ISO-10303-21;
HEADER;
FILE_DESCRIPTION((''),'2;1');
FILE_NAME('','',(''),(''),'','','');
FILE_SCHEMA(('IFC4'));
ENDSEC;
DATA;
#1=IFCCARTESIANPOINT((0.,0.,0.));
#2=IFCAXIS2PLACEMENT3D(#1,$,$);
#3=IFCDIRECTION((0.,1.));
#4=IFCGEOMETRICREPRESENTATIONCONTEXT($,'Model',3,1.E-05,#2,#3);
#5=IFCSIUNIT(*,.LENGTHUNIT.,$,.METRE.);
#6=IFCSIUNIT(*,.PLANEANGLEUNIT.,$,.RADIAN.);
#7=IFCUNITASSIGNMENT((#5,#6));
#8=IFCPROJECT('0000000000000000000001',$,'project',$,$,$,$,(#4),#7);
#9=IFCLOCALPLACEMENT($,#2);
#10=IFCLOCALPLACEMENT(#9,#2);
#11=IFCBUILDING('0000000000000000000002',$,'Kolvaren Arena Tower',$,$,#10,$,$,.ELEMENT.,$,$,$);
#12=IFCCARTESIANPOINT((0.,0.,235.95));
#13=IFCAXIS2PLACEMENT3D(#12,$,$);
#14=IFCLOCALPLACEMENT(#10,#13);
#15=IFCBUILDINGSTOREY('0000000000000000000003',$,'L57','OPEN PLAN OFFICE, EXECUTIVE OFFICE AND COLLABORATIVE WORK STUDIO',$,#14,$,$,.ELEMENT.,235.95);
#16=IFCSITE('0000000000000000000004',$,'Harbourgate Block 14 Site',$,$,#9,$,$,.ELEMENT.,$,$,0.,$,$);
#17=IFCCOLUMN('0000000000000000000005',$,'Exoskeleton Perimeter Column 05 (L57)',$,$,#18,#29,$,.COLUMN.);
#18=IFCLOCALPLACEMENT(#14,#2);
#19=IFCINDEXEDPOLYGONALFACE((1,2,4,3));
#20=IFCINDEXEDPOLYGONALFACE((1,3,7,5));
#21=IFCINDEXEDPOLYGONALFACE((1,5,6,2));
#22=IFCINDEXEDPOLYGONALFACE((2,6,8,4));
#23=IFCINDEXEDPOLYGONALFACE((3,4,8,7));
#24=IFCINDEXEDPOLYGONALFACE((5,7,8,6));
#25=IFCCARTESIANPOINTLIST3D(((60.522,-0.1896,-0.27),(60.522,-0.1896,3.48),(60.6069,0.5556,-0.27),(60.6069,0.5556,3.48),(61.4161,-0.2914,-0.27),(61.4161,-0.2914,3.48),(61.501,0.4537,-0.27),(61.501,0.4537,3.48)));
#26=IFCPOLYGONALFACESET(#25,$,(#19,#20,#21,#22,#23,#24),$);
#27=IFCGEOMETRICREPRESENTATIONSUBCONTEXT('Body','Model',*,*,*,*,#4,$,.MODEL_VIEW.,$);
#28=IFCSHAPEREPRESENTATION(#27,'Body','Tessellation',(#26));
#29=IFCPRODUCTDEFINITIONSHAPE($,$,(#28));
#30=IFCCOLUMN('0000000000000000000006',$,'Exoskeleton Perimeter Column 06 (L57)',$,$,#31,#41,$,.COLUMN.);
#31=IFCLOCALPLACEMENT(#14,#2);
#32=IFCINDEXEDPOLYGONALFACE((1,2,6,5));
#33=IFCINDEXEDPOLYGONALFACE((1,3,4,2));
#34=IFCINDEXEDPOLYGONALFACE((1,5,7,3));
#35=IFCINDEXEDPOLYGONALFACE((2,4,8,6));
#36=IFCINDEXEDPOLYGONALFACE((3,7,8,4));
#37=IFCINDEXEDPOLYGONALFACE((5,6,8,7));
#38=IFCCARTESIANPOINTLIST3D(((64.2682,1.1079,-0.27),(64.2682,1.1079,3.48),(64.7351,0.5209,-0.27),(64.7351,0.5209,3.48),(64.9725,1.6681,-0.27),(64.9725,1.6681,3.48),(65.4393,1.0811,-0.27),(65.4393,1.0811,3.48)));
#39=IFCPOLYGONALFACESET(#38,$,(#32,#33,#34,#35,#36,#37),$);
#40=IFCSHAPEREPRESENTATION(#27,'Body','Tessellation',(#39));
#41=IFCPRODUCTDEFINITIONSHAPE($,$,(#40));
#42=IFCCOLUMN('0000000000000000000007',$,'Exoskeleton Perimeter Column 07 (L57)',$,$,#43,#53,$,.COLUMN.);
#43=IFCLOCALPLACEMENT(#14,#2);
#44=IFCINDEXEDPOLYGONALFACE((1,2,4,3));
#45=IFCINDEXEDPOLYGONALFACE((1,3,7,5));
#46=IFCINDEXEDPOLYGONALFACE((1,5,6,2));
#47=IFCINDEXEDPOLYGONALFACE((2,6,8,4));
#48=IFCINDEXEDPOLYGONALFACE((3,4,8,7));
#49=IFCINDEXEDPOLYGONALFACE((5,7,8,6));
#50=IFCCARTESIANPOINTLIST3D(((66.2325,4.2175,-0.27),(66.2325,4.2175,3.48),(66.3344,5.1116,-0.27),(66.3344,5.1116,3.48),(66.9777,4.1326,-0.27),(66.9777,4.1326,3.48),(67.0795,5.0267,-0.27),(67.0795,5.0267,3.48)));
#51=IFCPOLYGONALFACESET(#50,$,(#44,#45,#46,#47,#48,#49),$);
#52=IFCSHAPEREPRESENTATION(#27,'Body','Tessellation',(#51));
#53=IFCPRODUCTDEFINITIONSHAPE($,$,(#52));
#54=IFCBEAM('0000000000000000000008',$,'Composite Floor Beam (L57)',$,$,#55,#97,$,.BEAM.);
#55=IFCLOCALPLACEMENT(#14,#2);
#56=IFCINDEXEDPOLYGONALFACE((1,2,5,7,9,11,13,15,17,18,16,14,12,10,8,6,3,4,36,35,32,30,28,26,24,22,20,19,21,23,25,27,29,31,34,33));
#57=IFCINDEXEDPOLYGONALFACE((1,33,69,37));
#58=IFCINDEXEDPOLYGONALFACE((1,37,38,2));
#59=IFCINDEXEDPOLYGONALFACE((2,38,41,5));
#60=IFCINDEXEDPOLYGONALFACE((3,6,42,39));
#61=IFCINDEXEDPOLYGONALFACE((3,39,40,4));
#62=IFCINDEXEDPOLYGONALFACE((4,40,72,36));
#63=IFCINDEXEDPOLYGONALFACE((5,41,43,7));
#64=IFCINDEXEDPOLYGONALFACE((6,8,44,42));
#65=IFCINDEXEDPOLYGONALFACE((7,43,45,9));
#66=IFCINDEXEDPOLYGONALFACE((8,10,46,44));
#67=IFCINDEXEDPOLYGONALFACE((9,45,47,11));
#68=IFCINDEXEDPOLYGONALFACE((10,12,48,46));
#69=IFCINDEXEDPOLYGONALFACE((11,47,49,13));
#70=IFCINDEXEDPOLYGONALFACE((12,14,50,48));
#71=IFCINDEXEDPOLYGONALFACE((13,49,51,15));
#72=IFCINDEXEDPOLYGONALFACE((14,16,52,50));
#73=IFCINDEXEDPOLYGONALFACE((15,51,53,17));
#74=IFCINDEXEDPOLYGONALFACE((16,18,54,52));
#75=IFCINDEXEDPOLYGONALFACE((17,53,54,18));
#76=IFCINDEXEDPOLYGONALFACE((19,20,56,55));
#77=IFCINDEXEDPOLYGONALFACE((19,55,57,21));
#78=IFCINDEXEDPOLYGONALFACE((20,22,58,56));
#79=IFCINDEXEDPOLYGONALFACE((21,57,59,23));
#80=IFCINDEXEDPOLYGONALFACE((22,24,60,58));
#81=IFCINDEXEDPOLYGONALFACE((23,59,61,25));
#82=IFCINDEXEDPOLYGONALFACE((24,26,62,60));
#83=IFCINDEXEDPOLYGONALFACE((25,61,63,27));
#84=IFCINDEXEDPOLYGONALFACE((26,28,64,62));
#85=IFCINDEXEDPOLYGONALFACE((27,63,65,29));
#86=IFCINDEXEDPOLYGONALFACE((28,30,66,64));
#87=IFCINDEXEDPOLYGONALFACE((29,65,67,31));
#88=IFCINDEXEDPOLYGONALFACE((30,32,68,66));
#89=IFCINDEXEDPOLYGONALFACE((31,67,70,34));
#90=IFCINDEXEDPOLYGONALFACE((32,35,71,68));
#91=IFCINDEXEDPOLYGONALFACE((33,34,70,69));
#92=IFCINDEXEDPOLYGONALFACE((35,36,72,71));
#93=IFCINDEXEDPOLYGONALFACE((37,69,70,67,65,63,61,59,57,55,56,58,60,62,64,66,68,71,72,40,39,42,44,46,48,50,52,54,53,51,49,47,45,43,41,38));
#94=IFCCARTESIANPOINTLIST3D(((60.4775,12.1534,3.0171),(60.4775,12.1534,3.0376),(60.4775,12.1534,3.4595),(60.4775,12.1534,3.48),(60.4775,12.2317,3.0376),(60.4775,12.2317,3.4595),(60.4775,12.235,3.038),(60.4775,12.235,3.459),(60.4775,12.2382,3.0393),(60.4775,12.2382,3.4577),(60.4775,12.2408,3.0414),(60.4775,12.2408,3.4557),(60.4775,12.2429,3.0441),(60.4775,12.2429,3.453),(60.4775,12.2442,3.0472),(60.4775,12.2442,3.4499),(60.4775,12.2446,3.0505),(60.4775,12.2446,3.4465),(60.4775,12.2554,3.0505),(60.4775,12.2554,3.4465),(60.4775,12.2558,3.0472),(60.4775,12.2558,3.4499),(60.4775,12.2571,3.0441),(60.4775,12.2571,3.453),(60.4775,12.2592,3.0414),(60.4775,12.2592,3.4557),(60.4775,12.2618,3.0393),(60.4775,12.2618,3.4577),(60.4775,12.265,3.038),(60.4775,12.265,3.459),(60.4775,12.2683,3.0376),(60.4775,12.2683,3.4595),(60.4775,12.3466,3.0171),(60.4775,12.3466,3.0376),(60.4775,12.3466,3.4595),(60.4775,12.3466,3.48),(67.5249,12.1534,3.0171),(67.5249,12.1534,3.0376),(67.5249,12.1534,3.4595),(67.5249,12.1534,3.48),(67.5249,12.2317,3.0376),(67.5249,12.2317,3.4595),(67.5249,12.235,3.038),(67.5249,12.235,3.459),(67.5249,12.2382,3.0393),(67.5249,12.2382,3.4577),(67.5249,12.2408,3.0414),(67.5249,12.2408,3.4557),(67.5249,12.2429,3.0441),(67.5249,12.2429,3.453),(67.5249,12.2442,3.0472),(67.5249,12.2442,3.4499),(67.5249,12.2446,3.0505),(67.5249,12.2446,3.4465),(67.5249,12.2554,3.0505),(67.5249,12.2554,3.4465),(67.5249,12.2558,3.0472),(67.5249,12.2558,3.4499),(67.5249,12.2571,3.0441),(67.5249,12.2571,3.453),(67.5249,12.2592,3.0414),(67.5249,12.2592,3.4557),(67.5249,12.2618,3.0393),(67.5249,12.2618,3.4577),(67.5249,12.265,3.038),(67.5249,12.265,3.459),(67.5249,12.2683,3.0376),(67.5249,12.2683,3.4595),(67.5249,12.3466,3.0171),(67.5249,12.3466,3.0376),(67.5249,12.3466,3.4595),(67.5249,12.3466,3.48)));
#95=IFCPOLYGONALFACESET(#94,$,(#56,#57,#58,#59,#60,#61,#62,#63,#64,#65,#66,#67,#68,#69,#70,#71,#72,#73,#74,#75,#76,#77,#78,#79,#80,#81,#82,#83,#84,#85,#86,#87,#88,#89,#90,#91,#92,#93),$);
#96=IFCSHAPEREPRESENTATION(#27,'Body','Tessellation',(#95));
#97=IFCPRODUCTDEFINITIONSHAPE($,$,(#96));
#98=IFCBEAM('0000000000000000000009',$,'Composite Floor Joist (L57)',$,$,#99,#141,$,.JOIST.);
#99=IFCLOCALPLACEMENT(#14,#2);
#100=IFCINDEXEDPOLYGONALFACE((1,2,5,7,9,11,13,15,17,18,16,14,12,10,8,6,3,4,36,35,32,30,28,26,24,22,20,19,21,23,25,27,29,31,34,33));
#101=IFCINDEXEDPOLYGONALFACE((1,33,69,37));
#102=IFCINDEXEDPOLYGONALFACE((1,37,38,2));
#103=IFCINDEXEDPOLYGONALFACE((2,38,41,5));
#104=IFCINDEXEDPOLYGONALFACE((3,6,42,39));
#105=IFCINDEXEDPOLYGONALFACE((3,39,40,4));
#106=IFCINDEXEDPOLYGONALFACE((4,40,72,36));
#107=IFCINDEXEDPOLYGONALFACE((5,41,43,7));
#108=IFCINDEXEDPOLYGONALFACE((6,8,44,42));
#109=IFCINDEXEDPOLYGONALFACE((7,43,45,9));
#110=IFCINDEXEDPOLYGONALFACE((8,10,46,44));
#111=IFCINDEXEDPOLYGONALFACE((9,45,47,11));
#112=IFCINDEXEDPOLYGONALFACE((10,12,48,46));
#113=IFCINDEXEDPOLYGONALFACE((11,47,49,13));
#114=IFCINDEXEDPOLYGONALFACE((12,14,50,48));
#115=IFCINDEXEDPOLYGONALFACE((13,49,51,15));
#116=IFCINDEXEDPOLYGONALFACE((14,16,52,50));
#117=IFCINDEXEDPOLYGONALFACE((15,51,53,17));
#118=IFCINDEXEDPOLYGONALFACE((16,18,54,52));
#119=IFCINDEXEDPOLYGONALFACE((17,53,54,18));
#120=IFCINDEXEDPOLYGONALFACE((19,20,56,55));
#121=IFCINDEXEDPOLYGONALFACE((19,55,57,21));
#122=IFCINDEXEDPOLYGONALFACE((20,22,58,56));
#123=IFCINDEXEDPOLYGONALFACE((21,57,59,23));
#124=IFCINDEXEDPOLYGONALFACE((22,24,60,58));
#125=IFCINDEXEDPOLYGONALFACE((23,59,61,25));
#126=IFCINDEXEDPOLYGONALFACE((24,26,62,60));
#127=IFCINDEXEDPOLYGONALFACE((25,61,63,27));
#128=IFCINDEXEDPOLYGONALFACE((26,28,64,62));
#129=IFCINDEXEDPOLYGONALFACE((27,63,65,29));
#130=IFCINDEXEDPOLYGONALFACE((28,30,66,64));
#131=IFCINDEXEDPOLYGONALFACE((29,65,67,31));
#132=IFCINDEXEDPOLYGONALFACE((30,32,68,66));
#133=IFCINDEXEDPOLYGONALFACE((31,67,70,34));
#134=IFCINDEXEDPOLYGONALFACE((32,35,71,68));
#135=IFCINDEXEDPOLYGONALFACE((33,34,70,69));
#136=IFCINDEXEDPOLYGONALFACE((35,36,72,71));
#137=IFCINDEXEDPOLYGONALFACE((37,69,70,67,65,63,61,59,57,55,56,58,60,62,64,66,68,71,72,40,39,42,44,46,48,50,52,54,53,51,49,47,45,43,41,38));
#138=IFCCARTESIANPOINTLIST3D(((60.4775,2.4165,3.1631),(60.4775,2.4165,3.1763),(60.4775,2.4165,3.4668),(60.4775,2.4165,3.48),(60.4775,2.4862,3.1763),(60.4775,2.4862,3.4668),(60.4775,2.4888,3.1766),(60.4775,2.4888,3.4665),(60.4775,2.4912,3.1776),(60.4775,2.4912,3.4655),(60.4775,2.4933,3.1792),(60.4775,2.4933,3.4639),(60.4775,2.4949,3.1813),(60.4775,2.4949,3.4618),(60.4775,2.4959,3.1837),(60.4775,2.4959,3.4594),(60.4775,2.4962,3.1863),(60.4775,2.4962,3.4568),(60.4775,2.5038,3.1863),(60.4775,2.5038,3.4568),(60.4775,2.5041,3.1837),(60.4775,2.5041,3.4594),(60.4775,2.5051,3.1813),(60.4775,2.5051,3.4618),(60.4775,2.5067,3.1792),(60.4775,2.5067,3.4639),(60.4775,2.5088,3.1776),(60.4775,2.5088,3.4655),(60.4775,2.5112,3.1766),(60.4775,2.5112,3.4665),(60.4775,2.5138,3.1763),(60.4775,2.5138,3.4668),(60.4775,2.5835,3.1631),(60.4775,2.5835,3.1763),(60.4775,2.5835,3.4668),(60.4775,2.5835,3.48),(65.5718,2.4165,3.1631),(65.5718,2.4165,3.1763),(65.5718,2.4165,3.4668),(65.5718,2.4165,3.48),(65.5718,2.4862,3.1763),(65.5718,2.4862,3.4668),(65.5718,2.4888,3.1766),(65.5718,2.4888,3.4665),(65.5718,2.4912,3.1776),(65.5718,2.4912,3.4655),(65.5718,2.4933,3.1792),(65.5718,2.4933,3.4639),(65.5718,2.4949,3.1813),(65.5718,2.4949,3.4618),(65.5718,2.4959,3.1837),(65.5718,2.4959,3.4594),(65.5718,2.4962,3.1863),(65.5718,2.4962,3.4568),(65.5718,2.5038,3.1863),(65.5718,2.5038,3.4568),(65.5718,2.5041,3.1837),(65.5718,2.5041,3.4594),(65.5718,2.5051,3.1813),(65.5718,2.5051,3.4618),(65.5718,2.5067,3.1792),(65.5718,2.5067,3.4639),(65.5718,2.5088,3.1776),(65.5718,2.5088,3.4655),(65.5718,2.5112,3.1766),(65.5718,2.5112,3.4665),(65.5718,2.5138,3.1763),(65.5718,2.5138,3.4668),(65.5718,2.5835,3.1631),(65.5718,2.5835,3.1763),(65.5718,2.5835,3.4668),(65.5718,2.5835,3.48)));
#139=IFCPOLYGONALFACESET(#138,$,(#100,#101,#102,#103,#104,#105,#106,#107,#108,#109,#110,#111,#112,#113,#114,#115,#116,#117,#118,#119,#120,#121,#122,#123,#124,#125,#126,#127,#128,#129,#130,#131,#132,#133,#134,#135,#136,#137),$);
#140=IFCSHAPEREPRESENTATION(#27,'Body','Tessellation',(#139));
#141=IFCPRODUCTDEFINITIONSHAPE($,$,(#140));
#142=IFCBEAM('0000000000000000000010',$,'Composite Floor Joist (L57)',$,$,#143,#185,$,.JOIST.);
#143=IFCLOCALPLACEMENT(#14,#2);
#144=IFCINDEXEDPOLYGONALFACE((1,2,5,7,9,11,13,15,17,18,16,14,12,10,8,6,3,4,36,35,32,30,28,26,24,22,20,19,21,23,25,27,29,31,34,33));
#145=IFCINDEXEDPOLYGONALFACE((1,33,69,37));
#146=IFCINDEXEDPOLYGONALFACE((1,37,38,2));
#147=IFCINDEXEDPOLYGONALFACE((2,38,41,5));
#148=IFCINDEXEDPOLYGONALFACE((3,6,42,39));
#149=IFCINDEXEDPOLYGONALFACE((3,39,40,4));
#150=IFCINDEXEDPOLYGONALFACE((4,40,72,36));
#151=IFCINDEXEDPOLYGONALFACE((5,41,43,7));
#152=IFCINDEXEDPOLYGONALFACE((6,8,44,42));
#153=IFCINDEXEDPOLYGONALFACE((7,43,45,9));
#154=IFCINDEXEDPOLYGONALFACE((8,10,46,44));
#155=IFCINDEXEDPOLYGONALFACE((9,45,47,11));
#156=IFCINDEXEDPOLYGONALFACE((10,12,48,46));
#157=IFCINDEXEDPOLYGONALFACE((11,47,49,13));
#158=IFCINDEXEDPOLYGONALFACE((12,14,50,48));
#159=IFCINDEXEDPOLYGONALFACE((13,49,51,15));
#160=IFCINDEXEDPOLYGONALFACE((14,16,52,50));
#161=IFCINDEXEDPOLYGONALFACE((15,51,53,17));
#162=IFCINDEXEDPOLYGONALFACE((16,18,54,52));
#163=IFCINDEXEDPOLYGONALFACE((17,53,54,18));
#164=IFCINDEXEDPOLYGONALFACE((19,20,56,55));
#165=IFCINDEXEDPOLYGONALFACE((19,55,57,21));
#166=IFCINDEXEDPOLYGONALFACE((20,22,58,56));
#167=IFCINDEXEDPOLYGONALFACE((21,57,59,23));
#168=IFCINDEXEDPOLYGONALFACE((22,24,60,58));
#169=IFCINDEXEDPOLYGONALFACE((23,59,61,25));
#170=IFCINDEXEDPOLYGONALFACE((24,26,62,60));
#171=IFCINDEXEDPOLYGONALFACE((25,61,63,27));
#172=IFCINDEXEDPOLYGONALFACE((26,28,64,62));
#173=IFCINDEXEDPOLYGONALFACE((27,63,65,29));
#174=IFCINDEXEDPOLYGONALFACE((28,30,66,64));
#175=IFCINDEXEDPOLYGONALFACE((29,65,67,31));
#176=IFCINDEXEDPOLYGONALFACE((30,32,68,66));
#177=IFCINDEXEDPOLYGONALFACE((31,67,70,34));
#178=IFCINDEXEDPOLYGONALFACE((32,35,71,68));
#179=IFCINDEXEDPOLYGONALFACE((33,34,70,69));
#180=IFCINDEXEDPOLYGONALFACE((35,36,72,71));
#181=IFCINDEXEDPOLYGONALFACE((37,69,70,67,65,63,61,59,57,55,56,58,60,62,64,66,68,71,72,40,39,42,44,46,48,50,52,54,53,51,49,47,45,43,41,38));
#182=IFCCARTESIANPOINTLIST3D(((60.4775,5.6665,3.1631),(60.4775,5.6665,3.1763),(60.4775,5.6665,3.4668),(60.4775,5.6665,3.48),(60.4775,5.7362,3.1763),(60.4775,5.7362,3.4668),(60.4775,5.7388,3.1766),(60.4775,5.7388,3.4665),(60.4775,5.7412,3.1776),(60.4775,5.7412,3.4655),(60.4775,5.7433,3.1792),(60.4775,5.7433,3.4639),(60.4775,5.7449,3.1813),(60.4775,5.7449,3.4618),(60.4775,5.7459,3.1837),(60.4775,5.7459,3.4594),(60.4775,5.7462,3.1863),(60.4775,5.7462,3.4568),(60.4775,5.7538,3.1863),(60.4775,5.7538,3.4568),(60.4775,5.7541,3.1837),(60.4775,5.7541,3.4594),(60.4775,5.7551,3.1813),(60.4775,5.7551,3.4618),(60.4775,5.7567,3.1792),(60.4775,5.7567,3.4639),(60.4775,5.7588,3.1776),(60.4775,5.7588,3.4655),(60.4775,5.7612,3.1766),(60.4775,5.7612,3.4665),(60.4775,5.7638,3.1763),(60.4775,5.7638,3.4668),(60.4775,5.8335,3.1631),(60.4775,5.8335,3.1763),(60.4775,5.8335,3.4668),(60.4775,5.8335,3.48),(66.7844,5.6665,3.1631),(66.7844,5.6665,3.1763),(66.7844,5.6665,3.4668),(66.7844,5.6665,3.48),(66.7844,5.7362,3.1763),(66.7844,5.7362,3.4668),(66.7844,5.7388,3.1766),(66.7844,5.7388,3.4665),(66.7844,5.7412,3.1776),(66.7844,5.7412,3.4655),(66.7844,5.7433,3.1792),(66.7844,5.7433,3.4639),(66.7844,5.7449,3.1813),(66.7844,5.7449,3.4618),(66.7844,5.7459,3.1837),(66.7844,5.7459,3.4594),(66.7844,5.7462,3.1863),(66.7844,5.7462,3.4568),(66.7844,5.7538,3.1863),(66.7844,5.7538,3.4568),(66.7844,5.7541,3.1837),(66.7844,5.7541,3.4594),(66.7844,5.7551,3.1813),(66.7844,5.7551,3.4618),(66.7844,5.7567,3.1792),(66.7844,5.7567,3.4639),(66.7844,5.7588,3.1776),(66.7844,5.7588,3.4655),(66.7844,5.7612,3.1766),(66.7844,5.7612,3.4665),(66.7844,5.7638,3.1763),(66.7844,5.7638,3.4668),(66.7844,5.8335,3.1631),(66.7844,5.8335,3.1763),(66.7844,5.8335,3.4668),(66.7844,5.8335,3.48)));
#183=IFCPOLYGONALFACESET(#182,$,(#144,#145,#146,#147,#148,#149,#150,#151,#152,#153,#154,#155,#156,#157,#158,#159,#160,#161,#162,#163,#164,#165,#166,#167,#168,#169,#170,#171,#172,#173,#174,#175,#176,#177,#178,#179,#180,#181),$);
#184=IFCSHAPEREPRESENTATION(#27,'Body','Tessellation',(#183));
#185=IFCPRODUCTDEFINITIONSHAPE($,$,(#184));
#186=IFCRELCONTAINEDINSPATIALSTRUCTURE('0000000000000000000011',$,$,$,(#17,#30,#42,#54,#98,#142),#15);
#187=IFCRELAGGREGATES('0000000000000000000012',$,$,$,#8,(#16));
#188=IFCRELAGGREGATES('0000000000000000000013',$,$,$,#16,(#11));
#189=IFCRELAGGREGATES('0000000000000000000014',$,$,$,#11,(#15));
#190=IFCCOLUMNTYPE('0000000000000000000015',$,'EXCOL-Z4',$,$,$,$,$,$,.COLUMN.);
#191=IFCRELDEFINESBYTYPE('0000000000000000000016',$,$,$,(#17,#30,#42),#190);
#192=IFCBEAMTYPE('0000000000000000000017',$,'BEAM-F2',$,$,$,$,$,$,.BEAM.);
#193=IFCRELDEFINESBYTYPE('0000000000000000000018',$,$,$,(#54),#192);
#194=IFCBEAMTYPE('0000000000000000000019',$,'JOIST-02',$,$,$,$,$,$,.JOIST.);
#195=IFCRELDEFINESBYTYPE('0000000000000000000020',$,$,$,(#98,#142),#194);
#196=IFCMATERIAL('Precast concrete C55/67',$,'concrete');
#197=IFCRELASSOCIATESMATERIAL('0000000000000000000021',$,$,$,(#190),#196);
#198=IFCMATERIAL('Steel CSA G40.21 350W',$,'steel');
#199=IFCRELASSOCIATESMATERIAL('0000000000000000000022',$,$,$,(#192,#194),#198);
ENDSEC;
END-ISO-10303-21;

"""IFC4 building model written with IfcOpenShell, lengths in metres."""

from ifc_helpers import new_model, si_unit, direction, frame, origin, origin_2d, place, context, subcontext, project, spatial, rectangle, i_section, extrude, material, material_profile, profile_set, type_object, element, save


model = new_model("IFC4")

# Units and contexts
model_context = context("Model", 3, precision=1e-05, world=origin(), true_north=direction((0.0, 1.0)))
body_context = subcontext(model_context, "Body", "Model", "MODEL_VIEW")
ifc_project = project(units=[si_unit("LENGTHUNIT", "METRE"), si_unit("PLANEANGLEUNIT", "RADIAN")], contexts=[model_context])

# Site, building, storey
site_placement = place(None, origin())
site = spatial("IfcSite", under=ifc_project, at=site_placement, Name="Harbourgate Block 14 Site", CompositionType="ELEMENT", RefElevation=0.0)
building_placement = place(site_placement, origin())
building = spatial("IfcBuilding", under=site, at=building_placement, Name="Kolvaren Arena Tower", CompositionType="ELEMENT")
storey_placement = place(building_placement, frame((0.0, 0.0, 235.95)))
storey = spatial("IfcBuildingStorey", under=building, at=storey_placement, Name="L57", Description="OPEN PLAN OFFICE, EXECUTIVE OFFICE AND COLLABORATIVE WORK STUDIO", CompositionType="ELEMENT", Elevation=235.95)

# Columns
ifc_material_1 = material(Name="Precast concrete C55/67", Category="concrete")
ifc_material_profile_1 = material_profile(ifc_material_1, rectangle(XDim=0.8999, YDim=0.75, at=origin_2d()), Name="RC-900x750")
ifc_profile_set_1 = profile_set([ifc_material_profile_1], Name="Precast concrete C55/67")
column_type = type_object("IfcColumnType", Name="EXCOL-Z4", PredefinedType="COLUMN", material=ifc_profile_set_1)
for number, where, z_axis, x_axis, name in (
    (1, (61.0115, 0.1321, -0.27), (0.0, 0.0, 1.0), (0.993572, -0.113203, 0.0), "Exoskeleton Perimeter Column 05 (L57)"),
    (2, (64.8538, 1.0945, -0.27), (0.0, 0.0, 1.0), (0.782608, 0.622515, 0.0), "Exoskeleton Perimeter Column 06 (L57)"),
    (3, (66.656, 4.6221, -0.27), (0.0, 0.0, 1.0), (0.113203, 0.993572, 0.0), "Exoskeleton Perimeter Column 07 (L57)"),
):
    element("IfcColumn", number, at=place(storey_placement, frame(where, z_axis=z_axis, x_axis=x_axis)), inside=storey, type_object=column_type, Name=name, PredefinedType="COLUMN", context=body_context, shape_type="SweptSolid", body=[
        extrude(rectangle(XDim=0.8999, YDim=0.75, at=origin_2d()), origin(), (0.0, 0.0, 1.0), 3.75),
    ])

# Beams
ifc_material_2 = material(Name="Steel CSA G40.21 350W", Category="steel")
ifc_material_profile_2 = material_profile(ifc_material_2, i_section(OverallWidth=0.1931, OverallDepth=0.4629, WebThickness=0.0107, FlangeThickness=0.0205, FilletRadius=0.0129, at=origin_2d()), Name="W460x113")
ifc_profile_set_2 = profile_set([ifc_material_profile_2], Name="Steel CSA G40.21 350W")
beam_type_1 = type_object("IfcBeamType", Name="BEAM-F2", PredefinedType="BEAM", material=ifc_profile_set_2)
beam_1_placement = place(storey_placement, frame((60.4775, 12.25, 3.2485), z_axis=(1.0, 0.0, 0.0), x_axis=(0.0, 1.0, 0.0)))
element("IfcBeam", 4, at=beam_1_placement, inside=storey, type_object=beam_type_1, Name="Composite Floor Beam (L57)", PredefinedType="BEAM", context=body_context, shape_type="SweptSolid", body=[
    extrude(i_section(OverallWidth=0.1931, OverallDepth=0.4629, WebThickness=0.0107, FlangeThickness=0.0205, FilletRadius=0.0129, at=origin_2d()), origin(), (0.0, 0.0, 1.0), 7.0474),
])
ifc_material_profile_3 = material_profile(ifc_material_2, i_section(OverallWidth=0.167, OverallDepth=0.3169, WebThickness=0.0076, FlangeThickness=0.0132, FilletRadius=0.01, at=origin_2d()), Name="W310x52")
ifc_profile_set_3 = profile_set([ifc_material_profile_3], Name="Steel CSA G40.21 350W")
beam_type_2 = type_object("IfcBeamType", Name="JOIST-02", PredefinedType="JOIST", material=ifc_profile_set_3)
beam_2_placement = place(storey_placement, frame((60.4775, 2.5, 3.3215), z_axis=(1.0, 0.0, 0.0), x_axis=(0.0, 1.0, 0.0)))
element("IfcBeam", 5, at=beam_2_placement, inside=storey, type_object=beam_type_2, Name="Composite Floor Joist (L57)", PredefinedType="JOIST", context=body_context, shape_type="SweptSolid", body=[
    extrude(i_section(OverallWidth=0.167, OverallDepth=0.3169, WebThickness=0.0076, FlangeThickness=0.0132, FilletRadius=0.01, at=origin_2d()), origin(), (0.0, 0.0, 1.0), 5.0942),
])
beam_3_placement = place(storey_placement, frame((60.4775, 5.75, 3.3215), z_axis=(1.0, 0.0, 0.0), x_axis=(0.0, 1.0, 0.0)))
element("IfcBeam", 6, at=beam_3_placement, inside=storey, type_object=beam_type_2, Name="Composite Floor Joist (L57)", PredefinedType="JOIST", context=body_context, shape_type="SweptSolid", body=[
    extrude(i_section(OverallWidth=0.167, OverallDepth=0.3169, WebThickness=0.0076, FlangeThickness=0.0132, FilletRadius=0.01, at=origin_2d()), origin(), (0.0, 0.0, 1.0), 6.3069),
])

save(model, "model.ifc")
